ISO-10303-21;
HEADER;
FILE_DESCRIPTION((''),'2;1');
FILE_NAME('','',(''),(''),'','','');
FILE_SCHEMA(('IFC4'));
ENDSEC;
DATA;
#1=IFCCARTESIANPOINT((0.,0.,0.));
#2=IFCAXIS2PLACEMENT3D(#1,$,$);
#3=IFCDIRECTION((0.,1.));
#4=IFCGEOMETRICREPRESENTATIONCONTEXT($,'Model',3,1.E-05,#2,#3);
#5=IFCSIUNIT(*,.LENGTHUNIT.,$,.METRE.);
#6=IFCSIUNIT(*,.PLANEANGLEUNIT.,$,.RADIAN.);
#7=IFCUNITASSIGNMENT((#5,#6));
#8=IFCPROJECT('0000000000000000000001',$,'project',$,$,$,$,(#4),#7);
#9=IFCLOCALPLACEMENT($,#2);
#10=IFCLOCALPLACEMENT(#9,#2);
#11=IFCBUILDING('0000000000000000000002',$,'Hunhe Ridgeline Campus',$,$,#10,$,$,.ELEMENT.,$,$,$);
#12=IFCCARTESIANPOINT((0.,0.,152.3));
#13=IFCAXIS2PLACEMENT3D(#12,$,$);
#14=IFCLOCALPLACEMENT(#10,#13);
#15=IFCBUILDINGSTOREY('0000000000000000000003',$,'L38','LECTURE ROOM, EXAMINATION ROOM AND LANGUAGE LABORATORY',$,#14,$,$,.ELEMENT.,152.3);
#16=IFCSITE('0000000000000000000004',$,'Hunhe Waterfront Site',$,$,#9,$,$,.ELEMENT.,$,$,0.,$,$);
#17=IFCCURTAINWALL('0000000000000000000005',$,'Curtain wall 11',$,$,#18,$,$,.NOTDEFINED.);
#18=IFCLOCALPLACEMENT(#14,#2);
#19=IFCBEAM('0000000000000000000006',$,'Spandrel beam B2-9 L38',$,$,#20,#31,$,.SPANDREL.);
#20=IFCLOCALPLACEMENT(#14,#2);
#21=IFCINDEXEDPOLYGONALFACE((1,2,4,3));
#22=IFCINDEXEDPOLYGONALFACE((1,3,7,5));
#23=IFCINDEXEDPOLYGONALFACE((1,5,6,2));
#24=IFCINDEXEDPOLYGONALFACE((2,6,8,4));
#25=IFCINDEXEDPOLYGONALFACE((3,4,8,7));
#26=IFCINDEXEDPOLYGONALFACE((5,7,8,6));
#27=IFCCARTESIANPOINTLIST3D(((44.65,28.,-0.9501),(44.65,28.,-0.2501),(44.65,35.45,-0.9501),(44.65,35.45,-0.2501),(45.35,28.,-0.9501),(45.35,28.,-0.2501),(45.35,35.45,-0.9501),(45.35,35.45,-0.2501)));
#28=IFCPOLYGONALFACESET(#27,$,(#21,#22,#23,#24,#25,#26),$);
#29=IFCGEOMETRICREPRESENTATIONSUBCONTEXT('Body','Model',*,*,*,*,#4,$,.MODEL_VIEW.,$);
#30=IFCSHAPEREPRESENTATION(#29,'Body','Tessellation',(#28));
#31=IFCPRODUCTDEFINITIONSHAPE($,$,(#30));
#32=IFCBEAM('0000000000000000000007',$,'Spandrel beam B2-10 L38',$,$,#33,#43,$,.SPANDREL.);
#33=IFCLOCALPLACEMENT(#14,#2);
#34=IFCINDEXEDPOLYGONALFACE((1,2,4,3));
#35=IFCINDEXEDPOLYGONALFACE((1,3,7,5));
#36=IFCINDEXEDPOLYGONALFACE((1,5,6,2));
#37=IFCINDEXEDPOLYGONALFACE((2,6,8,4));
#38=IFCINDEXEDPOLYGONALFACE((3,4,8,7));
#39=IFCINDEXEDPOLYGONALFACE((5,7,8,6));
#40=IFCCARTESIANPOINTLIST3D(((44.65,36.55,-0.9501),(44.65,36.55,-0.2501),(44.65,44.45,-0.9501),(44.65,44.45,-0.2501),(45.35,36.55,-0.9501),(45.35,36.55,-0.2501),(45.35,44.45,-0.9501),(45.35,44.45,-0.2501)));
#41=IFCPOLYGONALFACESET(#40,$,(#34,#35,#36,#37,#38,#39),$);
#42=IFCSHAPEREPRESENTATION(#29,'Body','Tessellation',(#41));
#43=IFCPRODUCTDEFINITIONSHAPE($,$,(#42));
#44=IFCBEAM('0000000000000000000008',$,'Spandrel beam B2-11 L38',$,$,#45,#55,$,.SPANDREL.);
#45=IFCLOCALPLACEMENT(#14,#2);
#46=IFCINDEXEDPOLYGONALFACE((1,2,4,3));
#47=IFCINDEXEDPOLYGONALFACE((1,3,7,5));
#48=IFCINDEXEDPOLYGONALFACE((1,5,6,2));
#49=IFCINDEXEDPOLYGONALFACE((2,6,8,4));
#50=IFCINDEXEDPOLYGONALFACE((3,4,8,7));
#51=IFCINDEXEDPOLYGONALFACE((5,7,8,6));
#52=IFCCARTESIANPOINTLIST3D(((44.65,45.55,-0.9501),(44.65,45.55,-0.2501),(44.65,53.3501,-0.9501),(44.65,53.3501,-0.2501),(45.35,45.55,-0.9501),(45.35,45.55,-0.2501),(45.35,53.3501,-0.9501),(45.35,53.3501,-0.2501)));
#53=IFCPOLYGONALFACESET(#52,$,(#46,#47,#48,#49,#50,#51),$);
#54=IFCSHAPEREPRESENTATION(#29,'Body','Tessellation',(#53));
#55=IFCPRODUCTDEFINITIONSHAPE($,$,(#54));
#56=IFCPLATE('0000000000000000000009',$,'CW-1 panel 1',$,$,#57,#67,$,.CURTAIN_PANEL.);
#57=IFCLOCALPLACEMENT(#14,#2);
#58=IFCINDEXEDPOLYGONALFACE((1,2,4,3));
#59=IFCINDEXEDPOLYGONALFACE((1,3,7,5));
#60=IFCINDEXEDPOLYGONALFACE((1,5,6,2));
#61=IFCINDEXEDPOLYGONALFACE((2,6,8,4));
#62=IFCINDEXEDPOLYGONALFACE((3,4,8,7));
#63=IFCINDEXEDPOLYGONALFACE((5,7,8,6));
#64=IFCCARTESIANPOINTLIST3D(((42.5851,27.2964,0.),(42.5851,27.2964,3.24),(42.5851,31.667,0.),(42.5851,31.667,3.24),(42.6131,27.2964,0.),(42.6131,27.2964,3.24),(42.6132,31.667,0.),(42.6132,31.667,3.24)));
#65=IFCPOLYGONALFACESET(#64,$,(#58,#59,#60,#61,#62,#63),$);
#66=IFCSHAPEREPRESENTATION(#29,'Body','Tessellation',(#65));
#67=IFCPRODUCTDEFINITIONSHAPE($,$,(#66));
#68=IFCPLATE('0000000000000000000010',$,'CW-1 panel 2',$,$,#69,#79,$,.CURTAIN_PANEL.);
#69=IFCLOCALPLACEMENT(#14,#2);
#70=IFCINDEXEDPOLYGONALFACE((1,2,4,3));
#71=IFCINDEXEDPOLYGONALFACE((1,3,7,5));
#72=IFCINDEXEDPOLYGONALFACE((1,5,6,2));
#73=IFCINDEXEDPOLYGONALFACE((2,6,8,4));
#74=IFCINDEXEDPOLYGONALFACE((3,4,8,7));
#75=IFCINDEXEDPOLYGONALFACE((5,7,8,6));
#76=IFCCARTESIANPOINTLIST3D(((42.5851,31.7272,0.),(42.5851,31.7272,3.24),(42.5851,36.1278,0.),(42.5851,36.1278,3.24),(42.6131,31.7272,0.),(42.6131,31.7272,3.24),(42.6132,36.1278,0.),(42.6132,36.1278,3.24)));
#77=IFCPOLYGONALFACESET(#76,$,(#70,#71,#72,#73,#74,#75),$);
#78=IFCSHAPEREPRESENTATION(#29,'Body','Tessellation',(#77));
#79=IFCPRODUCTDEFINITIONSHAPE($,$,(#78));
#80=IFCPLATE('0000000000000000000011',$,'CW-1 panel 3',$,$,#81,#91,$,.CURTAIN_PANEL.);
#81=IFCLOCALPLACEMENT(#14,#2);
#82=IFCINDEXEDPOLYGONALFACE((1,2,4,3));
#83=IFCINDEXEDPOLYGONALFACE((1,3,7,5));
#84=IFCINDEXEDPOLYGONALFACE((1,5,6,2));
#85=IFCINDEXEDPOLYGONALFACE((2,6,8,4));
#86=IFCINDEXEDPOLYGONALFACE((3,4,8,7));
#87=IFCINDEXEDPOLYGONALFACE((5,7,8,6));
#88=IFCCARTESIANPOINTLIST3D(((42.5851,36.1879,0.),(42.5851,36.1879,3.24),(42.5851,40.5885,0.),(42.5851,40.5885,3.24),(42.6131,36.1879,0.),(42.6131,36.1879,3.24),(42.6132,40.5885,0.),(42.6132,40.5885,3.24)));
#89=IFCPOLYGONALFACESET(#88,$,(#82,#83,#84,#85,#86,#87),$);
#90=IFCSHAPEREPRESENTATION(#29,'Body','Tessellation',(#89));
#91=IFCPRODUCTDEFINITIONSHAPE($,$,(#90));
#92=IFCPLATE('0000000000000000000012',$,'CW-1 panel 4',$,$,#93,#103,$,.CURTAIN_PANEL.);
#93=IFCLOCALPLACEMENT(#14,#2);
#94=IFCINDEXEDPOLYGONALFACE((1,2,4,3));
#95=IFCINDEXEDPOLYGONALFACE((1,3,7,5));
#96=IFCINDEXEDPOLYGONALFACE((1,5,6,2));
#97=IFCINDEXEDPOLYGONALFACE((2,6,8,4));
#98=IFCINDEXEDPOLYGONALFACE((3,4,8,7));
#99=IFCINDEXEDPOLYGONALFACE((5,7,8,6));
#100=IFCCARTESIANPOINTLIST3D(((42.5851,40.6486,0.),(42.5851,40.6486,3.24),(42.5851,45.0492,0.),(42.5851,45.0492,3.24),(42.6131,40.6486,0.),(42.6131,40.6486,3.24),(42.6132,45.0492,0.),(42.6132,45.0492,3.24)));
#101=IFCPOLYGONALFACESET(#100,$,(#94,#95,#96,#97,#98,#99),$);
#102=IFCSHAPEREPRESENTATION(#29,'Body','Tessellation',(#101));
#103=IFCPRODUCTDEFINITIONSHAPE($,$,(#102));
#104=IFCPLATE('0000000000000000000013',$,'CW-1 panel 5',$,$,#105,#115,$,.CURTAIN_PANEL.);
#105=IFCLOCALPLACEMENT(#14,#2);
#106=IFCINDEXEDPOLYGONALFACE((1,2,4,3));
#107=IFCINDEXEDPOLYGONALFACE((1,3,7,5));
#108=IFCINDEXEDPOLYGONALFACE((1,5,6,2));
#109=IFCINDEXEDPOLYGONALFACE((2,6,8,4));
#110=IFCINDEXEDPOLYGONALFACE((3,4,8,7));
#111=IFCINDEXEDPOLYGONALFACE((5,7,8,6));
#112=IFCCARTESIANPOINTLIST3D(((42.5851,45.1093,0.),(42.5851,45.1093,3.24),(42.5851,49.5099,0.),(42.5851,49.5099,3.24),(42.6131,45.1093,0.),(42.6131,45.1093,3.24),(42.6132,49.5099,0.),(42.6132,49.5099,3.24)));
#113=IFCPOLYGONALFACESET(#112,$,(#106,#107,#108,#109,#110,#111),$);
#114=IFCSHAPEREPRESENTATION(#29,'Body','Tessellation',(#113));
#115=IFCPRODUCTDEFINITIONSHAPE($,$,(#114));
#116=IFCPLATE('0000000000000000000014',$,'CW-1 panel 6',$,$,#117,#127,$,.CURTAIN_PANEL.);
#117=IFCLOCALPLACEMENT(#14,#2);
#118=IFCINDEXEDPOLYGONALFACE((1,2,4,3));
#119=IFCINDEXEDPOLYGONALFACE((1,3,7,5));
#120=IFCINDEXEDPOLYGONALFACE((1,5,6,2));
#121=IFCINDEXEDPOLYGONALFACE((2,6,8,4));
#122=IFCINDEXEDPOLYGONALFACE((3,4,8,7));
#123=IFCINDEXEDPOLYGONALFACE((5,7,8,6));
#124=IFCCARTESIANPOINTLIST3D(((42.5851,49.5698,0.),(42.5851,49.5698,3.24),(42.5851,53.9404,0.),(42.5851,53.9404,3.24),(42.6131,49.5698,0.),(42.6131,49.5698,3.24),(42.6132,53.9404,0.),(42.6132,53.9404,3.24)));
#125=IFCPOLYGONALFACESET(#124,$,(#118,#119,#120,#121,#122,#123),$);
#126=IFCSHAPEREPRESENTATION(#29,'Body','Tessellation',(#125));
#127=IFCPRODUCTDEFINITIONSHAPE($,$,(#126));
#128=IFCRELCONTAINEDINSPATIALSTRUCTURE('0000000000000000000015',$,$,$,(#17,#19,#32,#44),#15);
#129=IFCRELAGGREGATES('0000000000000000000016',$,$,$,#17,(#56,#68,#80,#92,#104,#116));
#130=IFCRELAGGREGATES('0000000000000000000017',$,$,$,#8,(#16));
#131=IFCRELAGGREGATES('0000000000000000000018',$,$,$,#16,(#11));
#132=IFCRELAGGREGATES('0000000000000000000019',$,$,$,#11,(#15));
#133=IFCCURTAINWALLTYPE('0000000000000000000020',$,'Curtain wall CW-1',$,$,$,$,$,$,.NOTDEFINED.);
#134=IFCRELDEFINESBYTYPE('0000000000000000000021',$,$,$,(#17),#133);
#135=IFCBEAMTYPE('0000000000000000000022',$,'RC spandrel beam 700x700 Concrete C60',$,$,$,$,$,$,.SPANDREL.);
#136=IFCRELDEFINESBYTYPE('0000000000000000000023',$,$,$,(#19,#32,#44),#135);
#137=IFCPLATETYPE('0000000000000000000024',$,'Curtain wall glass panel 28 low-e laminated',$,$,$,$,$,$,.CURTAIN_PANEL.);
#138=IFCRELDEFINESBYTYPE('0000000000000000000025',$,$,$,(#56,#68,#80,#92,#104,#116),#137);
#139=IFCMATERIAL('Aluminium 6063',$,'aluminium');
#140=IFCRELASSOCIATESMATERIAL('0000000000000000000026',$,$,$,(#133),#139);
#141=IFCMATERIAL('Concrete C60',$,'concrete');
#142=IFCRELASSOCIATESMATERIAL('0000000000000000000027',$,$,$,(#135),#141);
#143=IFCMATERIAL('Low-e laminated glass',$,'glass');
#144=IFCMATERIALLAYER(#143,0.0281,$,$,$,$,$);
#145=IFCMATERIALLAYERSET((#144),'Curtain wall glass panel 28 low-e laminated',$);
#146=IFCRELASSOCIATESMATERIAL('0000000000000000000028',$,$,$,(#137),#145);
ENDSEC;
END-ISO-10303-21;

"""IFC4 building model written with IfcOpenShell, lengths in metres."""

from ifc_helpers import new_model, si_unit, direction, frame, origin, origin_2d, place, context, subcontext, project, spatial, rectangle, extrude, material, layer, layer_set, material_profile, profile_set, type_object, element, aggregate, save


model = new_model("IFC4")

# Units and contexts
model_context = context("Model", 3, precision=1e-05, world=origin(), true_north=direction((0.0, 1.0)))
body_context = subcontext(model_context, "Body", "Model", "MODEL_VIEW")
ifc_project = project(units=[si_unit("LENGTHUNIT", "METRE"), si_unit("PLANEANGLEUNIT", "RADIAN")], contexts=[model_context])

# Site, building, storey
site_placement = place(None, origin())
site = spatial("IfcSite", under=ifc_project, at=site_placement, Name="Hunhe Waterfront Site", CompositionType="ELEMENT", RefElevation=0.0)
building_placement = place(site_placement, origin())
building = spatial("IfcBuilding", under=site, at=building_placement, Name="Hunhe Ridgeline Campus", CompositionType="ELEMENT")
storey_placement = place(building_placement, frame((0.0, 0.0, 152.3)))
storey = spatial("IfcBuildingStorey", under=building, at=storey_placement, Name="L38", Description="LECTURE ROOM, EXAMINATION ROOM AND LANGUAGE LABORATORY", CompositionType="ELEMENT", Elevation=152.3)

# Curtain wall
ifc_material_1 = material(Name="Aluminium 6063", Category="aluminium")
curtain_wall_type_1 = type_object("IfcCurtainWallType", Name="Curtain wall CW-1", PredefinedType="NOTDEFINED", material=ifc_material_1)
curtain_wall_1_placement = place(storey_placement, origin())
curtain_wall_1 = element("IfcCurtainWall", 1, at=curtain_wall_1_placement, inside=storey, type_object=curtain_wall_type_1, Name="Curtain wall 11", PredefinedType="NOTDEFINED")

# Beams
ifc_material_2 = material(Name="Concrete C60", Category="concrete")
ifc_material_profile_1 = material_profile(ifc_material_2, rectangle(XDim=0.7, YDim=0.7, at=origin_2d()))
ifc_profile_set_1 = profile_set([ifc_material_profile_1], Name="Concrete C60")
beam_type = type_object("IfcBeamType", Name="RC spandrel beam 700x700 Concrete C60", PredefinedType="SPANDREL", material=ifc_profile_set_1)
beam_1_placement = place(storey_placement, frame((45.0, 28.0, -0.6001), z_axis=(0.0, 1.0, 0.0), x_axis=(-1.0, 0.0, 0.0)))
element("IfcBeam", 2, at=beam_1_placement, inside=storey, type_object=beam_type, Name="Spandrel beam B2-9 L38", PredefinedType="SPANDREL", context=body_context, shape_type="SweptSolid", body=[
    extrude(rectangle(XDim=0.7, YDim=0.7, at=origin_2d()), origin(), (0.0, 0.0, 1.0), 7.45),
])
beam_2_placement = place(storey_placement, frame((45.0, 36.55, -0.6001), z_axis=(0.0, 1.0, 0.0), x_axis=(-1.0, 0.0, 0.0)))
element("IfcBeam", 3, at=beam_2_placement, inside=storey, type_object=beam_type, Name="Spandrel beam B2-10 L38", PredefinedType="SPANDREL", context=body_context, shape_type="SweptSolid", body=[
    extrude(rectangle(XDim=0.7, YDim=0.7, at=origin_2d()), origin(), (0.0, 0.0, 1.0), 7.8999),
])
beam_3_placement = place(storey_placement, frame((45.0, 45.55, -0.6001), z_axis=(0.0, 1.0, 0.0), x_axis=(-1.0, 0.0, 0.0)))
element("IfcBeam", 4, at=beam_3_placement, inside=storey, type_object=beam_type, Name="Spandrel beam B2-11 L38", PredefinedType="SPANDREL", context=body_context, shape_type="SweptSolid", body=[
    extrude(rectangle(XDim=0.7, YDim=0.7, at=origin_2d()), origin(), (0.0, 0.0, 1.0), 7.8),
])

# Plates
ifc_material_3 = material(Name="Low-e laminated glass", Category="glass")
ifc_layer = layer(ifc_material_3, 0.0281)
ifc_layer_set = layer_set([ifc_layer], Name="Curtain wall glass panel 28 low-e laminated")
plate_type = type_object("IfcPlateType", Name="Curtain wall glass panel 28 low-e laminated", PredefinedType="CURTAIN_PANEL", material=ifc_layer_set)
plate_1_placement = place(storey_placement, frame((42.5991, 29.4817, 0.0), z_axis=(0.0, 0.0, 1.0), x_axis=(0.000004, 1.0, 0.0)))
plate_1 = element("IfcPlate", 5, at=plate_1_placement, type_object=plate_type, Name="CW-1 panel 1", PredefinedType="CURTAIN_PANEL", context=body_context, shape_type="SweptSolid", body=[
    extrude(rectangle(XDim=4.3706, YDim=0.0281, at=origin_2d()), origin(), (0.0, 0.0, 1.0), 3.24),
])
plate_2_placement = place(storey_placement, frame((42.5991, 33.9275, 0.0), z_axis=(0.0, 0.0, 1.0), x_axis=(0.000004, 1.0, 0.0)))
plate_2 = element("IfcPlate", 6, at=plate_2_placement, type_object=plate_type, Name="CW-1 panel 2", PredefinedType="CURTAIN_PANEL", context=body_context, shape_type="SweptSolid", body=[
    extrude(rectangle(XDim=4.4006, YDim=0.0281, at=origin_2d()), origin(), (0.0, 0.0, 1.0), 3.24),
])
plate_3_placement = place(storey_placement, frame((42.5991, 38.3882, 0.0), z_axis=(0.0, 0.0, 1.0), x_axis=(0.000004, 1.0, 0.0)))
plate_3 = element("IfcPlate", 7, at=plate_3_placement, type_object=plate_type, Name="CW-1 panel 3", PredefinedType="CURTAIN_PANEL", context=body_context, shape_type="SweptSolid", body=[
    extrude(rectangle(XDim=4.4006, YDim=0.0281, at=origin_2d()), origin(), (0.0, 0.0, 1.0), 3.24),
])
plate_4_placement = place(storey_placement, frame((42.5991, 42.8489, 0.0), z_axis=(0.0, 0.0, 1.0), x_axis=(0.000004, 1.0, 0.0)))
plate_4 = element("IfcPlate", 8, at=plate_4_placement, type_object=plate_type, Name="CW-1 panel 4", PredefinedType="CURTAIN_PANEL", context=body_context, shape_type="SweptSolid", body=[
    extrude(rectangle(XDim=4.4006, YDim=0.0281, at=origin_2d()), origin(), (0.0, 0.0, 1.0), 3.24),
])
plate_5_placement = place(storey_placement, frame((42.5991, 47.3096, 0.0), z_axis=(0.0, 0.0, 1.0), x_axis=(0.000004, 1.0, 0.0)))
plate_5 = element("IfcPlate", 9, at=plate_5_placement, type_object=plate_type, Name="CW-1 panel 5", PredefinedType="CURTAIN_PANEL", context=body_context, shape_type="SweptSolid", body=[
    extrude(rectangle(XDim=4.4006, YDim=0.0281, at=origin_2d()), origin(), (0.0, 0.0, 1.0), 3.24),
])
plate_6_placement = place(storey_placement, frame((42.5991, 51.7551, 0.0), z_axis=(0.0, 0.0, 1.0), x_axis=(0.000004, 1.0, 0.0)))
plate_6 = element("IfcPlate", 10, at=plate_6_placement, type_object=plate_type, Name="CW-1 panel 6", PredefinedType="CURTAIN_PANEL", context=body_context, shape_type="SweptSolid", body=[
    extrude(rectangle(XDim=4.3706, YDim=0.0281, at=origin_2d()), origin(), (0.0, 0.0, 1.0), 3.24),
])
aggregate(curtain_wall_1, [plate_1, plate_2, plate_3, plate_4, plate_5, plate_6])

save(model, "model.ifc")
